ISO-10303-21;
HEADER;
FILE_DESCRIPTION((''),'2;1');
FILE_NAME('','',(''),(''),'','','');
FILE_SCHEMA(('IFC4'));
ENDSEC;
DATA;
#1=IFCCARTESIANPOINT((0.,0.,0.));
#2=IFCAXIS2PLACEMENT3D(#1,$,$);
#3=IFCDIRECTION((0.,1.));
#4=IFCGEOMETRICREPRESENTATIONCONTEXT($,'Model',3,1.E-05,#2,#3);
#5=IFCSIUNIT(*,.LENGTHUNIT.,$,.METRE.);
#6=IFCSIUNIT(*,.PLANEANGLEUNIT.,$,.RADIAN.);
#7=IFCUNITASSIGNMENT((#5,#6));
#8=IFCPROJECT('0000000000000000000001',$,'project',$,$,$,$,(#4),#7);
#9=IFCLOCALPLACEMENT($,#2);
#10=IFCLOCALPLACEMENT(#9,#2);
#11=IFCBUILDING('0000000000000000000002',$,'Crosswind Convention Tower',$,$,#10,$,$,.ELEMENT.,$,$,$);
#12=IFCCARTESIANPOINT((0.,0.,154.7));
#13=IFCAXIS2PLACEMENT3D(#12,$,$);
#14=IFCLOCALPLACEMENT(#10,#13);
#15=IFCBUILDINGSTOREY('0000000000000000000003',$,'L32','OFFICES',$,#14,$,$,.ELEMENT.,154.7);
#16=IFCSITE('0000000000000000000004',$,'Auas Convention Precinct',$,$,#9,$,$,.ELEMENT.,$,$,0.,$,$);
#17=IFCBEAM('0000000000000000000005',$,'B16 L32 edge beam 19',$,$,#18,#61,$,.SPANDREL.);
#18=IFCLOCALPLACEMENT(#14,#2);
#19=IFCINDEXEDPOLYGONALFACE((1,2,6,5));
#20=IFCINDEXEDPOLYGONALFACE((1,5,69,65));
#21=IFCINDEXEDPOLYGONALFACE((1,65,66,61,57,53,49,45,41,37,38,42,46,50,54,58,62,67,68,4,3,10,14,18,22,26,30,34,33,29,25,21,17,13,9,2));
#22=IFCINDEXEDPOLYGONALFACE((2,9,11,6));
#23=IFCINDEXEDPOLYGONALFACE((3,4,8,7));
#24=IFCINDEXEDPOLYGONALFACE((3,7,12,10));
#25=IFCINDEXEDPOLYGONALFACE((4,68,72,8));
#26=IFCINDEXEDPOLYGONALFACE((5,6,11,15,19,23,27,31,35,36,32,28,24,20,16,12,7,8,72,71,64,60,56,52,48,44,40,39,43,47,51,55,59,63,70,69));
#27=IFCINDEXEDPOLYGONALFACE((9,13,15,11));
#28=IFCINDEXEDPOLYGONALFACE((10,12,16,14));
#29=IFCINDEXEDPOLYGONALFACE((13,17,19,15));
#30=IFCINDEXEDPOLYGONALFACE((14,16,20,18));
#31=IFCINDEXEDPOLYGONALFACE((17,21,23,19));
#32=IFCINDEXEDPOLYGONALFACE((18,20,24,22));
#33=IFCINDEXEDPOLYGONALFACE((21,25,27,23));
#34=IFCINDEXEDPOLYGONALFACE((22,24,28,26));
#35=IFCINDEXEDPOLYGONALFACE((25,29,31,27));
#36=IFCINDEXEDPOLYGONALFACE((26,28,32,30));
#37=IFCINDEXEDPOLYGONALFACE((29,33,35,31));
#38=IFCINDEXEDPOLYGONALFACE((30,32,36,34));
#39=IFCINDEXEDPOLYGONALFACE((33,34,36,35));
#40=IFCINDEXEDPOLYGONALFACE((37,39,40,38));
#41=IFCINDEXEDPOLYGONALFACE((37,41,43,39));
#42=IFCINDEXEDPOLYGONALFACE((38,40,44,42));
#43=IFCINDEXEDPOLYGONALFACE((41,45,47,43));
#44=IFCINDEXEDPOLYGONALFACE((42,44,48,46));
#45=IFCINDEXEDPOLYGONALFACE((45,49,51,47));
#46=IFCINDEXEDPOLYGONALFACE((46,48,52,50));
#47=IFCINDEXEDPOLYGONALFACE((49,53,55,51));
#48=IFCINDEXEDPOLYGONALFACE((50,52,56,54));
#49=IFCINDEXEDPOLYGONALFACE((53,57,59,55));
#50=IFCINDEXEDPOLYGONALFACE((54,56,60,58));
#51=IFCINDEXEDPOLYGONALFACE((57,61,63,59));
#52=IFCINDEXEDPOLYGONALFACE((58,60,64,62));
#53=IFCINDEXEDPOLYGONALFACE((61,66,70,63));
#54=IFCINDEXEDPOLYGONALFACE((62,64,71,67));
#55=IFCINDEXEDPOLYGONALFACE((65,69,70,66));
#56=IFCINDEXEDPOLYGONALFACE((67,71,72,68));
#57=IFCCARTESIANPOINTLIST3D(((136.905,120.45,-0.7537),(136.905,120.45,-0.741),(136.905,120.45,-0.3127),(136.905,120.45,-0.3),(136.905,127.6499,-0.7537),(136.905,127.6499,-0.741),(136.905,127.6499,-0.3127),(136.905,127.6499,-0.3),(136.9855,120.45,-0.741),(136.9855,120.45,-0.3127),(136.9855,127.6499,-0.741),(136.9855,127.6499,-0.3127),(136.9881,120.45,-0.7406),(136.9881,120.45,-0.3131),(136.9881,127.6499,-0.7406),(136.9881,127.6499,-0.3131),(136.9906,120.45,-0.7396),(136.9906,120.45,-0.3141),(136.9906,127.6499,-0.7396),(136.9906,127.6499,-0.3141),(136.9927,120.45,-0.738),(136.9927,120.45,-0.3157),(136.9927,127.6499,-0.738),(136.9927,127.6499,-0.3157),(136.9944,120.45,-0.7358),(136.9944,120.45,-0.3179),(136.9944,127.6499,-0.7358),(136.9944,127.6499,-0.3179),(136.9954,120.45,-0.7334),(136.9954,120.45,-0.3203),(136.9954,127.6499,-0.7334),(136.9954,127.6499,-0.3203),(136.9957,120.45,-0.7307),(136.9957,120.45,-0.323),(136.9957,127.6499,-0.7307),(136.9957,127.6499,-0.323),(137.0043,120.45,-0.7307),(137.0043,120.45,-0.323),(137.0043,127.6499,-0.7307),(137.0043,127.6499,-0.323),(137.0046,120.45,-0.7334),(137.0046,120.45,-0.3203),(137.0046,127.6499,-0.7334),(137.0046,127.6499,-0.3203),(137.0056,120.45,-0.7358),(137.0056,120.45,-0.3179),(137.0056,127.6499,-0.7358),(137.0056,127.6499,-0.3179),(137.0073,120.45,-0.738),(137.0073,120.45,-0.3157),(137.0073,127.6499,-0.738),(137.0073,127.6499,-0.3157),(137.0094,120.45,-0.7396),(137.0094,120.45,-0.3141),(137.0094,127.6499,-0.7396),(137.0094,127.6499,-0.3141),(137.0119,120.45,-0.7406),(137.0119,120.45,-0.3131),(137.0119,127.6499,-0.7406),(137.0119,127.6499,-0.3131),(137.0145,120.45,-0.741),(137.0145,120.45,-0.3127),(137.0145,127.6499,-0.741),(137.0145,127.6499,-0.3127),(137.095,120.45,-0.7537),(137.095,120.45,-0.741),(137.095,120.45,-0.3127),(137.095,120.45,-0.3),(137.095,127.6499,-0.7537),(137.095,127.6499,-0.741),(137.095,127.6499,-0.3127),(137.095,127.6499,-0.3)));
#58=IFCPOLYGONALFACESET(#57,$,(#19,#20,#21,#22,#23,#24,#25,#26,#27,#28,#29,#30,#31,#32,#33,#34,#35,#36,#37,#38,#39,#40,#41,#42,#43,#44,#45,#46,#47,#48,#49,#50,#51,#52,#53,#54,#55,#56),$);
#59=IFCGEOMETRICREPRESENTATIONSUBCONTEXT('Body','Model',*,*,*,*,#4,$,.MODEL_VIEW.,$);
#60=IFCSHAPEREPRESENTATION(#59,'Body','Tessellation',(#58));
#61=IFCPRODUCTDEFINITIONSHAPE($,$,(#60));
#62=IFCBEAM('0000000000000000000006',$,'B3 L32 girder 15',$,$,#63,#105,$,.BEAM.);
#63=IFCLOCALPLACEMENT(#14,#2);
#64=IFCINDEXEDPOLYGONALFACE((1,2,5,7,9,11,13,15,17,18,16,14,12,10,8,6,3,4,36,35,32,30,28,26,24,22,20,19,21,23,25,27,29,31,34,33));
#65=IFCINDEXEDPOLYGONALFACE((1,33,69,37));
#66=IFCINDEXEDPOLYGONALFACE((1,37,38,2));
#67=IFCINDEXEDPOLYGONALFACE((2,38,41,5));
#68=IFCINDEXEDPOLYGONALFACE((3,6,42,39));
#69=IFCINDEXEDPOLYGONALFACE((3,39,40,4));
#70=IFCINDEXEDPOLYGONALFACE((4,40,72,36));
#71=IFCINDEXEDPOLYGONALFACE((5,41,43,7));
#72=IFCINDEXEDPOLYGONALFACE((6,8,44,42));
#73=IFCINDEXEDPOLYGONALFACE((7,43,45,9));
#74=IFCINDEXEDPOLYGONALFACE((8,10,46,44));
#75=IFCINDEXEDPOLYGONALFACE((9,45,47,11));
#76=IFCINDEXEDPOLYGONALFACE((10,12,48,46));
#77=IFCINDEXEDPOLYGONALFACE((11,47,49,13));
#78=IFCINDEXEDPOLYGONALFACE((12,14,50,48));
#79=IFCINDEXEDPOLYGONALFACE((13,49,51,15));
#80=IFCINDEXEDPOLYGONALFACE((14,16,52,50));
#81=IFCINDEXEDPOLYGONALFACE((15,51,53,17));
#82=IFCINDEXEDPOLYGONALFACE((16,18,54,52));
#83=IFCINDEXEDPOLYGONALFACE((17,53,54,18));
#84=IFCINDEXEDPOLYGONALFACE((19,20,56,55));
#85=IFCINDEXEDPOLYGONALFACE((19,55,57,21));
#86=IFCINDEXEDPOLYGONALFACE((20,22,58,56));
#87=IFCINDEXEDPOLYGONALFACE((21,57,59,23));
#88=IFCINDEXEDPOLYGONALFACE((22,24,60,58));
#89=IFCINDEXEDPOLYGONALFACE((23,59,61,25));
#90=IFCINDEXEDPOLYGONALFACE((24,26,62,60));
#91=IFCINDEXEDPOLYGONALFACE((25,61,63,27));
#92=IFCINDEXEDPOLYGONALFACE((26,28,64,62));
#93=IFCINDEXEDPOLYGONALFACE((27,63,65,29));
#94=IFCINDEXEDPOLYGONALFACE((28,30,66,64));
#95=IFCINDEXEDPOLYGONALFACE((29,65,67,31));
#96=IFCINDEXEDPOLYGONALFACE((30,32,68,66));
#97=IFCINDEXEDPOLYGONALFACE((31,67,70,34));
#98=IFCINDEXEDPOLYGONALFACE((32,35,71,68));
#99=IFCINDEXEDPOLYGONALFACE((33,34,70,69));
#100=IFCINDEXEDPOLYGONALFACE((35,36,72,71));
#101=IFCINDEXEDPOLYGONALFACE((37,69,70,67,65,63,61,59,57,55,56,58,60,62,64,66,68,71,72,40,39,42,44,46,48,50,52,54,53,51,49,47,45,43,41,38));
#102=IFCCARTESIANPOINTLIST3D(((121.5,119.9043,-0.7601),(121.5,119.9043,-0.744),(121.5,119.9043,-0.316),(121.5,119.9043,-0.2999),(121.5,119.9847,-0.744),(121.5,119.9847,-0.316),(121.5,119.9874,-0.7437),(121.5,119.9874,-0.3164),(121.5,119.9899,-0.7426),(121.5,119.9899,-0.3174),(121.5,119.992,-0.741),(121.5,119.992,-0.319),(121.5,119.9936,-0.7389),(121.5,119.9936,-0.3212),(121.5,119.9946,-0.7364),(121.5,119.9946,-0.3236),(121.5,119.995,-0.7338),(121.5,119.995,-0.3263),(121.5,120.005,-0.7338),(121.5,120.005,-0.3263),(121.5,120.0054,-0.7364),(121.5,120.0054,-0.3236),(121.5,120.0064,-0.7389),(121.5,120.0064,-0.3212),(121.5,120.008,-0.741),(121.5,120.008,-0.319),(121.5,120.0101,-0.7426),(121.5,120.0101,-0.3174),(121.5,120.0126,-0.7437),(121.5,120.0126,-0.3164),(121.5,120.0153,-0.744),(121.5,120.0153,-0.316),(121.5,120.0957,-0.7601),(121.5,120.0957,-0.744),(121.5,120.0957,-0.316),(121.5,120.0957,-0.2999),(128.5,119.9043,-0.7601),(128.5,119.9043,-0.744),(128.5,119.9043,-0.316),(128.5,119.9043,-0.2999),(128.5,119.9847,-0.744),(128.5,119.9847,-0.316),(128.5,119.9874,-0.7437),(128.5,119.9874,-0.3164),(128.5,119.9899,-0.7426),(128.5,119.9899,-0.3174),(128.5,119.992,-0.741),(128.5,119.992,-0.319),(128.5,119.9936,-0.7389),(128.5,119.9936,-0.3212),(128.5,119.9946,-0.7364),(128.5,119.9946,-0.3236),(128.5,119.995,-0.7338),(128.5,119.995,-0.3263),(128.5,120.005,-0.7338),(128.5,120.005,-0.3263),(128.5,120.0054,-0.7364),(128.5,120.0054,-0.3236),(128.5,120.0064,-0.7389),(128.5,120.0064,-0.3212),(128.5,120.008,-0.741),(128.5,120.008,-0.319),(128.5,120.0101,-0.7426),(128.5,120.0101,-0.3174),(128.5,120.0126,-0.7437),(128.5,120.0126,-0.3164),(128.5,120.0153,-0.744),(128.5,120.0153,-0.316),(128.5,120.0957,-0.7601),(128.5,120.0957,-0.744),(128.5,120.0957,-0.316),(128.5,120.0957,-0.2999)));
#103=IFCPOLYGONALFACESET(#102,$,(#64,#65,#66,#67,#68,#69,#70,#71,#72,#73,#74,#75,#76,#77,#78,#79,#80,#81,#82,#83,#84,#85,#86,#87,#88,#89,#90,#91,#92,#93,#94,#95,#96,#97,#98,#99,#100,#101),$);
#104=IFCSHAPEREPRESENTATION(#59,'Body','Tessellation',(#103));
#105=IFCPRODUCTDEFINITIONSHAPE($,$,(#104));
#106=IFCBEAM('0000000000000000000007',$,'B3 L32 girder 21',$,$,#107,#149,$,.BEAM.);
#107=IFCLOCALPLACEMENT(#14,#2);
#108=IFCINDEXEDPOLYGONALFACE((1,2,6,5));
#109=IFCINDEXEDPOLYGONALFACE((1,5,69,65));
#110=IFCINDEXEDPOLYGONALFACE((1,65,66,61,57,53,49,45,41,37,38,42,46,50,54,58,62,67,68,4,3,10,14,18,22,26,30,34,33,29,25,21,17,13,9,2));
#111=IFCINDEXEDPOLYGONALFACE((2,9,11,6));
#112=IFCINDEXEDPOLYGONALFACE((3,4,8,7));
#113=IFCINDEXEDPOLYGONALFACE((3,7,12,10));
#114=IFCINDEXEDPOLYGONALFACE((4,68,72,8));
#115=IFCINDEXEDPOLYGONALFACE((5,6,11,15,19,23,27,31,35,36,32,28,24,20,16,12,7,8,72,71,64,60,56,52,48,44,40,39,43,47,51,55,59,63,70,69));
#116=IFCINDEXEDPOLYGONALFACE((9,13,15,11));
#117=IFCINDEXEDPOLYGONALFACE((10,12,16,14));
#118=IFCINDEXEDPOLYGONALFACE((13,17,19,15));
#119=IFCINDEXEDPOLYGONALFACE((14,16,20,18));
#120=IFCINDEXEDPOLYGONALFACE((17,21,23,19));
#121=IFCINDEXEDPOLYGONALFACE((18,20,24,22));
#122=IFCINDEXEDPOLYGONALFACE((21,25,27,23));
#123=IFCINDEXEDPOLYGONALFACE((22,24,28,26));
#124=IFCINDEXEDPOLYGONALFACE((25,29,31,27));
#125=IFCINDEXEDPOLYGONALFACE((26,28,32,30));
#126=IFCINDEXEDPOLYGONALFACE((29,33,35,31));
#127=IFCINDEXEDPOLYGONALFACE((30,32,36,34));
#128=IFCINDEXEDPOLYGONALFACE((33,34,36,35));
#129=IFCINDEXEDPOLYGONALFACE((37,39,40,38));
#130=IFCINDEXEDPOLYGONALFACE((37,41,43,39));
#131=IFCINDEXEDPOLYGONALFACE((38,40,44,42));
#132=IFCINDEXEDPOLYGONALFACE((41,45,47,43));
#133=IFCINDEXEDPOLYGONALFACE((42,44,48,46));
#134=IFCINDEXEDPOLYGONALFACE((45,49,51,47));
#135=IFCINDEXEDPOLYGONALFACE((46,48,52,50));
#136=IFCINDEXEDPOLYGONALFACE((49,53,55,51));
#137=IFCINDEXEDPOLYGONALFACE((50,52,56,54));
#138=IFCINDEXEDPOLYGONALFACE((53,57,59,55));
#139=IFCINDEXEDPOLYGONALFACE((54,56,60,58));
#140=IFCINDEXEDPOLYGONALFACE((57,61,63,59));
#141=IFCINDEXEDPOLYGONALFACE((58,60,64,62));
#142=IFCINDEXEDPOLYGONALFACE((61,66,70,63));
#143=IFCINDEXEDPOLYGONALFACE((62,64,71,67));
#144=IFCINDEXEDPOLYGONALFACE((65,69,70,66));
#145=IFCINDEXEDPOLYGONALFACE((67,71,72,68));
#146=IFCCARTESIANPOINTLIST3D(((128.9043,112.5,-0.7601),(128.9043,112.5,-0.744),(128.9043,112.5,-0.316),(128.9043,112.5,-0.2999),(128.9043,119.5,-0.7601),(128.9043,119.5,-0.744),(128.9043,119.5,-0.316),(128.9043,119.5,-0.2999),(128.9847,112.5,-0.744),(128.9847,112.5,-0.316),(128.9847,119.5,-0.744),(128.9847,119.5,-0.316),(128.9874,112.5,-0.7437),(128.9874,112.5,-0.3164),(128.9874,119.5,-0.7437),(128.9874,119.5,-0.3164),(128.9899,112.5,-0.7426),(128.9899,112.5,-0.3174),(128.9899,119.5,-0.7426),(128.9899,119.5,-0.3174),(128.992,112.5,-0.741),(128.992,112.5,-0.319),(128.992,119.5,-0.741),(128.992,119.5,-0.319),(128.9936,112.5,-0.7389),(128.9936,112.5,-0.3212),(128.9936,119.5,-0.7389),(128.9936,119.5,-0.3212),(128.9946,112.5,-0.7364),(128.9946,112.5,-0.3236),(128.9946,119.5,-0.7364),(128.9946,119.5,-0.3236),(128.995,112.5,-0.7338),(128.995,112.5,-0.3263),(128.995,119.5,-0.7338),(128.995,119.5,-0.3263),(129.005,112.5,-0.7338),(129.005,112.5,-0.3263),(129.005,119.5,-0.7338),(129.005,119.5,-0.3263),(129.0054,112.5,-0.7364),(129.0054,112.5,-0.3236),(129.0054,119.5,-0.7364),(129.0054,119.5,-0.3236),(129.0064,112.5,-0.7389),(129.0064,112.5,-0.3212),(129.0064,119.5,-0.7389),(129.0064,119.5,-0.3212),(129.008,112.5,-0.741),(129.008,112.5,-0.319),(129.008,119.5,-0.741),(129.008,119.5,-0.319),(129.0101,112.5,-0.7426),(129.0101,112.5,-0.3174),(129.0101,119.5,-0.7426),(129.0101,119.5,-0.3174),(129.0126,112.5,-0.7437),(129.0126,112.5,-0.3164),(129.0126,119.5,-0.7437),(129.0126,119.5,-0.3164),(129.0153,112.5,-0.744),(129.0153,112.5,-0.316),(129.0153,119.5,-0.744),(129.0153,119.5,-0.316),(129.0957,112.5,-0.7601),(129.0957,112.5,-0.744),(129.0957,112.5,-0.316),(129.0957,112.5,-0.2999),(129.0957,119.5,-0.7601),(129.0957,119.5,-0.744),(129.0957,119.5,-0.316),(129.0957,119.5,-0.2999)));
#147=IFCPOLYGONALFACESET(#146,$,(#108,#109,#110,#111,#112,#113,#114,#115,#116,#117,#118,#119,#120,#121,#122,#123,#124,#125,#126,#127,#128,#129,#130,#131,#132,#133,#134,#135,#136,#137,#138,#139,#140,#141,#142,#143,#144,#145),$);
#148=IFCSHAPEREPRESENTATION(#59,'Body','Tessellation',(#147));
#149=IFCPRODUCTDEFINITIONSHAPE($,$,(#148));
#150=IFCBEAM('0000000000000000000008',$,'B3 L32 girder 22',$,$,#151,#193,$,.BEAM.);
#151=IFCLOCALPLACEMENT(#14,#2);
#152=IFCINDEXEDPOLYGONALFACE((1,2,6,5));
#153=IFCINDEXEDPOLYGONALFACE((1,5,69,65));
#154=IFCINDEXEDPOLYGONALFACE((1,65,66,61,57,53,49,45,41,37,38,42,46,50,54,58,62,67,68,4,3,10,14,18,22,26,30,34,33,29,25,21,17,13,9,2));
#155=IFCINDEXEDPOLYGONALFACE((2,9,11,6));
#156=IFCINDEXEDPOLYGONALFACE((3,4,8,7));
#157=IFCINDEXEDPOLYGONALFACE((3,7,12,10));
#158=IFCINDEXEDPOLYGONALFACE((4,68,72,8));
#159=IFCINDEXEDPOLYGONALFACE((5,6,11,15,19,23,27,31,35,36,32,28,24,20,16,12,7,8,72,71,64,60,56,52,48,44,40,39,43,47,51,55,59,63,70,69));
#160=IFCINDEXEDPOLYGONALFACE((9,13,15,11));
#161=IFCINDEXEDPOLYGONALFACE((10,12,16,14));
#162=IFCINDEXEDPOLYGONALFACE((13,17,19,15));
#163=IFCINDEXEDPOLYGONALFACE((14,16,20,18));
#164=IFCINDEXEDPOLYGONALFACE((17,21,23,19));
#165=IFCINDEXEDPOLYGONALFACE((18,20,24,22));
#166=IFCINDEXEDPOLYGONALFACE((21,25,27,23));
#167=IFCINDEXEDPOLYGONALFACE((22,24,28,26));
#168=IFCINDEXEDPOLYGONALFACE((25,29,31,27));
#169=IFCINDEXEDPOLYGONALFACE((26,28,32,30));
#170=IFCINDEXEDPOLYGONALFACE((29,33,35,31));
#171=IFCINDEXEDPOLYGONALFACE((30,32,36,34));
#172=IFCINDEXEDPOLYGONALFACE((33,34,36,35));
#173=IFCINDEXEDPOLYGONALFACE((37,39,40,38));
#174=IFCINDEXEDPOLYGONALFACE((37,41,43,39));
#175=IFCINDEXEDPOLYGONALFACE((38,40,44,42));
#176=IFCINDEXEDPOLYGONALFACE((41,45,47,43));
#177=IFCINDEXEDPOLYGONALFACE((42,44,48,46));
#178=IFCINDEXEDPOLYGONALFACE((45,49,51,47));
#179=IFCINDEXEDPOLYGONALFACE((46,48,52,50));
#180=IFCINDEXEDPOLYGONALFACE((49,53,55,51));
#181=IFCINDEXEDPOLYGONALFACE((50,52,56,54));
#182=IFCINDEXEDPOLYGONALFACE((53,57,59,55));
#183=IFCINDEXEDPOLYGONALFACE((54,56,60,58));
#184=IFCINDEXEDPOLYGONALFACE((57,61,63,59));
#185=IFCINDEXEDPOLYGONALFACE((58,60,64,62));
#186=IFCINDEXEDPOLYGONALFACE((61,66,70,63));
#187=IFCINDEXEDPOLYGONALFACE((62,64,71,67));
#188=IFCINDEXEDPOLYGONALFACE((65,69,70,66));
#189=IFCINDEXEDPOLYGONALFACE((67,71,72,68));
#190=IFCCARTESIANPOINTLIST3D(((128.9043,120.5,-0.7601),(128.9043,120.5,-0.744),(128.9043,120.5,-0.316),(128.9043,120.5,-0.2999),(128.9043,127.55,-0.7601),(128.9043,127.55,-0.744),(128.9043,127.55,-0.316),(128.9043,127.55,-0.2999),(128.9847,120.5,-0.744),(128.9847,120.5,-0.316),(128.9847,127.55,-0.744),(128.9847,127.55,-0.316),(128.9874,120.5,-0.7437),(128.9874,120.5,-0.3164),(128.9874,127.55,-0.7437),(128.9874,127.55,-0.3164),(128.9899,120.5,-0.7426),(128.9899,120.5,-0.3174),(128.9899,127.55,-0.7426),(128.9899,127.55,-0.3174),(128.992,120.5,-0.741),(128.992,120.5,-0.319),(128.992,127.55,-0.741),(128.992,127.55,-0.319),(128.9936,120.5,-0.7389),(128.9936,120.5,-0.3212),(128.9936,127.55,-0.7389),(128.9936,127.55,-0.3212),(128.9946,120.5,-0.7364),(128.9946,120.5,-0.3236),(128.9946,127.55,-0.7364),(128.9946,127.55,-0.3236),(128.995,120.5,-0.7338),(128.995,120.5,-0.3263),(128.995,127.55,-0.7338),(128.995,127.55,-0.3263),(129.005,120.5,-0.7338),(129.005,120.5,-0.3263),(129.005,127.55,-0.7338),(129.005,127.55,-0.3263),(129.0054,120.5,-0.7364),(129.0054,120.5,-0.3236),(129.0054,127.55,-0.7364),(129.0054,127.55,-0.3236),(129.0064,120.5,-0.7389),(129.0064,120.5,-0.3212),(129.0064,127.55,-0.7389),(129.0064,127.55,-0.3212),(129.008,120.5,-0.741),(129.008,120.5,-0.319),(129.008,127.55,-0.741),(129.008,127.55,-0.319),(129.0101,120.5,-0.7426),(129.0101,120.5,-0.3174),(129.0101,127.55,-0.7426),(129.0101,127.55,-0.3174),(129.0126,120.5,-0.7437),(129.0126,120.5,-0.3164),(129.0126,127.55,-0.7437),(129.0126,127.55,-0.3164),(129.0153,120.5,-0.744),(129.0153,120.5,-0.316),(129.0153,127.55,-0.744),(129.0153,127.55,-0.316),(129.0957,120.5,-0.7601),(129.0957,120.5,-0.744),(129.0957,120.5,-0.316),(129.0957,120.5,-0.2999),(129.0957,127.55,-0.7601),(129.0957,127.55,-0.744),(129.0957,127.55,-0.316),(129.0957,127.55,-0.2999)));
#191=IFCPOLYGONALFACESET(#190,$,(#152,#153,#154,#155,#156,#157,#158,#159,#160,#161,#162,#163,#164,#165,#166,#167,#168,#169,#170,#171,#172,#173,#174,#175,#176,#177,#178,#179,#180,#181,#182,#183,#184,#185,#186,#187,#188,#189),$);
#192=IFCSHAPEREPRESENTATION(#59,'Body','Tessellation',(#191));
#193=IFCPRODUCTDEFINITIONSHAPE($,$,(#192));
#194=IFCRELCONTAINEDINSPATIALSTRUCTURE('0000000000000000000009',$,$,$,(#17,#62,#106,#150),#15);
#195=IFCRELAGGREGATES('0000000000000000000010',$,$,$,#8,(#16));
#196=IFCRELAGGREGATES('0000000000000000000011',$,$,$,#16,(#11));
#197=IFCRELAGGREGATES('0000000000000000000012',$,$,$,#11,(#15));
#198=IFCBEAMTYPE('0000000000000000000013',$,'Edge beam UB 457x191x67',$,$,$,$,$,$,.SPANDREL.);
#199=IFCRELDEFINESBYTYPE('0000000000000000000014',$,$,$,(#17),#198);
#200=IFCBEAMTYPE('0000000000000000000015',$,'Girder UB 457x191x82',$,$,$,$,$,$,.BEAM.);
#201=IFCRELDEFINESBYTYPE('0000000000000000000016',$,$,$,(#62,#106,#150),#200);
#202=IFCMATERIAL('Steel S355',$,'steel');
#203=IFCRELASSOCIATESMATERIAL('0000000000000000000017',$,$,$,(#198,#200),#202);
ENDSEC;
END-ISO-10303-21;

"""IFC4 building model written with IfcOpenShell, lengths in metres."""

from ifc_helpers import new_model, si_unit, direction, frame, origin, origin_2d, place, context, subcontext, project, spatial, i_section, extrude, material, material_profile, profile_set, type_object, element, save


model = new_model("IFC4")

# Units and contexts
model_context = context("Model", 3, precision=1e-05, world=origin(), true_north=direction((0.0, 1.0)))
body_context = subcontext(model_context, "Body", "Model", "MODEL_VIEW")
ifc_project = project(units=[si_unit("LENGTHUNIT", "METRE"), si_unit("PLANEANGLEUNIT", "RADIAN")], contexts=[model_context])

# Site, building, storey
site_placement = place(None, origin())
site = spatial("IfcSite", under=ifc_project, at=site_placement, Name="Auas Convention Precinct", CompositionType="ELEMENT", RefElevation=0.0)
building_placement = place(site_placement, origin())
building = spatial("IfcBuilding", under=site, at=building_placement, Name="Crosswind Convention Tower", CompositionType="ELEMENT")
storey_placement = place(building_placement, frame((0.0, 0.0, 154.7)))
storey = spatial("IfcBuildingStorey", under=building, at=storey_placement, Name="L32", Description="OFFICES", CompositionType="ELEMENT", Elevation=154.7)

# Beams
ifc_material_1 = material(Name="Steel S355", Category="steel")
ifc_material_profile_1 = material_profile(ifc_material_1, i_section(OverallWidth=0.1899, OverallDepth=0.4536, WebThickness=0.0085, FlangeThickness=0.0127, FilletRadius=0.0103, at=origin_2d()), Name="UB 457x191x67")
ifc_profile_set_1 = profile_set([ifc_material_profile_1], Name="Steel S355")
beam_type_1 = type_object("IfcBeamType", Name="Edge beam UB 457x191x67", PredefinedType="SPANDREL", material=ifc_profile_set_1)
for number, where, z_axis, x_axis, name in (
    (1, (137.0, 120.45, -0.5269), (0.0, 1.0, 0.0), (-1.0, 0.0, 0.0), "B16 L32 edge beam 19"),
):
    element("IfcBeam", number, at=place(storey_placement, frame(where, z_axis=z_axis, x_axis=x_axis)), inside=storey, type_object=beam_type_1, Name=name, PredefinedType="SPANDREL", context=body_context, shape_type="SweptSolid", body=[
        extrude(i_section(OverallWidth=0.1899, OverallDepth=0.4536, WebThickness=0.0085, FlangeThickness=0.0127, FilletRadius=0.0103, at=origin_2d()), origin(), (0.0, 0.0, 1.0), 7.2),
    ])
ifc_material_profile_2 = material_profile(ifc_material_1, i_section(OverallWidth=0.1914, OverallDepth=0.4602, WebThickness=0.01, FlangeThickness=0.0161, FilletRadius=0.0103, at=origin_2d()), Name="UB 457x191x82")
ifc_profile_set_2 = profile_set([ifc_material_profile_2], Name="Steel S355")
beam_type_2 = type_object("IfcBeamType", Name="Girder UB 457x191x82", PredefinedType="BEAM", material=ifc_profile_set_2)
for number, where, z_axis, x_axis, name in (
    (2, (121.5, 120.0, -0.53), (1.0, 0.0, 0.0), (0.0, 1.0, 0.0), "B3 L32 girder 15"),
    (3, (129.0, 112.5, -0.53), (0.0, 1.0, 0.0), (-1.0, 0.0, 0.0), "B3 L32 girder 21"),
):
    element("IfcBeam", number, at=place(storey_placement, frame(where, z_axis=z_axis, x_axis=x_axis)), inside=storey, type_object=beam_type_2, Name=name, PredefinedType="BEAM", context=body_context, shape_type="SweptSolid", body=[
        extrude(i_section(OverallWidth=0.1914, OverallDepth=0.4602, WebThickness=0.01, FlangeThickness=0.0161, FilletRadius=0.0103, at=origin_2d()), origin(), (0.0, 0.0, 1.0), 7.0),
    ])
for number, where, z_axis, x_axis, name in (
    (4, (129.0, 120.5, -0.53), (0.0, 1.0, 0.0), (-1.0, 0.0, 0.0), "B3 L32 girder 22"),
):
    element("IfcBeam", number, at=place(storey_placement, frame(where, z_axis=z_axis, x_axis=x_axis)), inside=storey, type_object=beam_type_2, Name=name, PredefinedType="BEAM", context=body_context, shape_type="SweptSolid", body=[
        extrude(i_section(OverallWidth=0.1914, OverallDepth=0.4602, WebThickness=0.01, FlangeThickness=0.0161, FilletRadius=0.0103, at=origin_2d()), origin(), (0.0, 0.0, 1.0), 7.05),
    ])

save(model, "model.ifc")
